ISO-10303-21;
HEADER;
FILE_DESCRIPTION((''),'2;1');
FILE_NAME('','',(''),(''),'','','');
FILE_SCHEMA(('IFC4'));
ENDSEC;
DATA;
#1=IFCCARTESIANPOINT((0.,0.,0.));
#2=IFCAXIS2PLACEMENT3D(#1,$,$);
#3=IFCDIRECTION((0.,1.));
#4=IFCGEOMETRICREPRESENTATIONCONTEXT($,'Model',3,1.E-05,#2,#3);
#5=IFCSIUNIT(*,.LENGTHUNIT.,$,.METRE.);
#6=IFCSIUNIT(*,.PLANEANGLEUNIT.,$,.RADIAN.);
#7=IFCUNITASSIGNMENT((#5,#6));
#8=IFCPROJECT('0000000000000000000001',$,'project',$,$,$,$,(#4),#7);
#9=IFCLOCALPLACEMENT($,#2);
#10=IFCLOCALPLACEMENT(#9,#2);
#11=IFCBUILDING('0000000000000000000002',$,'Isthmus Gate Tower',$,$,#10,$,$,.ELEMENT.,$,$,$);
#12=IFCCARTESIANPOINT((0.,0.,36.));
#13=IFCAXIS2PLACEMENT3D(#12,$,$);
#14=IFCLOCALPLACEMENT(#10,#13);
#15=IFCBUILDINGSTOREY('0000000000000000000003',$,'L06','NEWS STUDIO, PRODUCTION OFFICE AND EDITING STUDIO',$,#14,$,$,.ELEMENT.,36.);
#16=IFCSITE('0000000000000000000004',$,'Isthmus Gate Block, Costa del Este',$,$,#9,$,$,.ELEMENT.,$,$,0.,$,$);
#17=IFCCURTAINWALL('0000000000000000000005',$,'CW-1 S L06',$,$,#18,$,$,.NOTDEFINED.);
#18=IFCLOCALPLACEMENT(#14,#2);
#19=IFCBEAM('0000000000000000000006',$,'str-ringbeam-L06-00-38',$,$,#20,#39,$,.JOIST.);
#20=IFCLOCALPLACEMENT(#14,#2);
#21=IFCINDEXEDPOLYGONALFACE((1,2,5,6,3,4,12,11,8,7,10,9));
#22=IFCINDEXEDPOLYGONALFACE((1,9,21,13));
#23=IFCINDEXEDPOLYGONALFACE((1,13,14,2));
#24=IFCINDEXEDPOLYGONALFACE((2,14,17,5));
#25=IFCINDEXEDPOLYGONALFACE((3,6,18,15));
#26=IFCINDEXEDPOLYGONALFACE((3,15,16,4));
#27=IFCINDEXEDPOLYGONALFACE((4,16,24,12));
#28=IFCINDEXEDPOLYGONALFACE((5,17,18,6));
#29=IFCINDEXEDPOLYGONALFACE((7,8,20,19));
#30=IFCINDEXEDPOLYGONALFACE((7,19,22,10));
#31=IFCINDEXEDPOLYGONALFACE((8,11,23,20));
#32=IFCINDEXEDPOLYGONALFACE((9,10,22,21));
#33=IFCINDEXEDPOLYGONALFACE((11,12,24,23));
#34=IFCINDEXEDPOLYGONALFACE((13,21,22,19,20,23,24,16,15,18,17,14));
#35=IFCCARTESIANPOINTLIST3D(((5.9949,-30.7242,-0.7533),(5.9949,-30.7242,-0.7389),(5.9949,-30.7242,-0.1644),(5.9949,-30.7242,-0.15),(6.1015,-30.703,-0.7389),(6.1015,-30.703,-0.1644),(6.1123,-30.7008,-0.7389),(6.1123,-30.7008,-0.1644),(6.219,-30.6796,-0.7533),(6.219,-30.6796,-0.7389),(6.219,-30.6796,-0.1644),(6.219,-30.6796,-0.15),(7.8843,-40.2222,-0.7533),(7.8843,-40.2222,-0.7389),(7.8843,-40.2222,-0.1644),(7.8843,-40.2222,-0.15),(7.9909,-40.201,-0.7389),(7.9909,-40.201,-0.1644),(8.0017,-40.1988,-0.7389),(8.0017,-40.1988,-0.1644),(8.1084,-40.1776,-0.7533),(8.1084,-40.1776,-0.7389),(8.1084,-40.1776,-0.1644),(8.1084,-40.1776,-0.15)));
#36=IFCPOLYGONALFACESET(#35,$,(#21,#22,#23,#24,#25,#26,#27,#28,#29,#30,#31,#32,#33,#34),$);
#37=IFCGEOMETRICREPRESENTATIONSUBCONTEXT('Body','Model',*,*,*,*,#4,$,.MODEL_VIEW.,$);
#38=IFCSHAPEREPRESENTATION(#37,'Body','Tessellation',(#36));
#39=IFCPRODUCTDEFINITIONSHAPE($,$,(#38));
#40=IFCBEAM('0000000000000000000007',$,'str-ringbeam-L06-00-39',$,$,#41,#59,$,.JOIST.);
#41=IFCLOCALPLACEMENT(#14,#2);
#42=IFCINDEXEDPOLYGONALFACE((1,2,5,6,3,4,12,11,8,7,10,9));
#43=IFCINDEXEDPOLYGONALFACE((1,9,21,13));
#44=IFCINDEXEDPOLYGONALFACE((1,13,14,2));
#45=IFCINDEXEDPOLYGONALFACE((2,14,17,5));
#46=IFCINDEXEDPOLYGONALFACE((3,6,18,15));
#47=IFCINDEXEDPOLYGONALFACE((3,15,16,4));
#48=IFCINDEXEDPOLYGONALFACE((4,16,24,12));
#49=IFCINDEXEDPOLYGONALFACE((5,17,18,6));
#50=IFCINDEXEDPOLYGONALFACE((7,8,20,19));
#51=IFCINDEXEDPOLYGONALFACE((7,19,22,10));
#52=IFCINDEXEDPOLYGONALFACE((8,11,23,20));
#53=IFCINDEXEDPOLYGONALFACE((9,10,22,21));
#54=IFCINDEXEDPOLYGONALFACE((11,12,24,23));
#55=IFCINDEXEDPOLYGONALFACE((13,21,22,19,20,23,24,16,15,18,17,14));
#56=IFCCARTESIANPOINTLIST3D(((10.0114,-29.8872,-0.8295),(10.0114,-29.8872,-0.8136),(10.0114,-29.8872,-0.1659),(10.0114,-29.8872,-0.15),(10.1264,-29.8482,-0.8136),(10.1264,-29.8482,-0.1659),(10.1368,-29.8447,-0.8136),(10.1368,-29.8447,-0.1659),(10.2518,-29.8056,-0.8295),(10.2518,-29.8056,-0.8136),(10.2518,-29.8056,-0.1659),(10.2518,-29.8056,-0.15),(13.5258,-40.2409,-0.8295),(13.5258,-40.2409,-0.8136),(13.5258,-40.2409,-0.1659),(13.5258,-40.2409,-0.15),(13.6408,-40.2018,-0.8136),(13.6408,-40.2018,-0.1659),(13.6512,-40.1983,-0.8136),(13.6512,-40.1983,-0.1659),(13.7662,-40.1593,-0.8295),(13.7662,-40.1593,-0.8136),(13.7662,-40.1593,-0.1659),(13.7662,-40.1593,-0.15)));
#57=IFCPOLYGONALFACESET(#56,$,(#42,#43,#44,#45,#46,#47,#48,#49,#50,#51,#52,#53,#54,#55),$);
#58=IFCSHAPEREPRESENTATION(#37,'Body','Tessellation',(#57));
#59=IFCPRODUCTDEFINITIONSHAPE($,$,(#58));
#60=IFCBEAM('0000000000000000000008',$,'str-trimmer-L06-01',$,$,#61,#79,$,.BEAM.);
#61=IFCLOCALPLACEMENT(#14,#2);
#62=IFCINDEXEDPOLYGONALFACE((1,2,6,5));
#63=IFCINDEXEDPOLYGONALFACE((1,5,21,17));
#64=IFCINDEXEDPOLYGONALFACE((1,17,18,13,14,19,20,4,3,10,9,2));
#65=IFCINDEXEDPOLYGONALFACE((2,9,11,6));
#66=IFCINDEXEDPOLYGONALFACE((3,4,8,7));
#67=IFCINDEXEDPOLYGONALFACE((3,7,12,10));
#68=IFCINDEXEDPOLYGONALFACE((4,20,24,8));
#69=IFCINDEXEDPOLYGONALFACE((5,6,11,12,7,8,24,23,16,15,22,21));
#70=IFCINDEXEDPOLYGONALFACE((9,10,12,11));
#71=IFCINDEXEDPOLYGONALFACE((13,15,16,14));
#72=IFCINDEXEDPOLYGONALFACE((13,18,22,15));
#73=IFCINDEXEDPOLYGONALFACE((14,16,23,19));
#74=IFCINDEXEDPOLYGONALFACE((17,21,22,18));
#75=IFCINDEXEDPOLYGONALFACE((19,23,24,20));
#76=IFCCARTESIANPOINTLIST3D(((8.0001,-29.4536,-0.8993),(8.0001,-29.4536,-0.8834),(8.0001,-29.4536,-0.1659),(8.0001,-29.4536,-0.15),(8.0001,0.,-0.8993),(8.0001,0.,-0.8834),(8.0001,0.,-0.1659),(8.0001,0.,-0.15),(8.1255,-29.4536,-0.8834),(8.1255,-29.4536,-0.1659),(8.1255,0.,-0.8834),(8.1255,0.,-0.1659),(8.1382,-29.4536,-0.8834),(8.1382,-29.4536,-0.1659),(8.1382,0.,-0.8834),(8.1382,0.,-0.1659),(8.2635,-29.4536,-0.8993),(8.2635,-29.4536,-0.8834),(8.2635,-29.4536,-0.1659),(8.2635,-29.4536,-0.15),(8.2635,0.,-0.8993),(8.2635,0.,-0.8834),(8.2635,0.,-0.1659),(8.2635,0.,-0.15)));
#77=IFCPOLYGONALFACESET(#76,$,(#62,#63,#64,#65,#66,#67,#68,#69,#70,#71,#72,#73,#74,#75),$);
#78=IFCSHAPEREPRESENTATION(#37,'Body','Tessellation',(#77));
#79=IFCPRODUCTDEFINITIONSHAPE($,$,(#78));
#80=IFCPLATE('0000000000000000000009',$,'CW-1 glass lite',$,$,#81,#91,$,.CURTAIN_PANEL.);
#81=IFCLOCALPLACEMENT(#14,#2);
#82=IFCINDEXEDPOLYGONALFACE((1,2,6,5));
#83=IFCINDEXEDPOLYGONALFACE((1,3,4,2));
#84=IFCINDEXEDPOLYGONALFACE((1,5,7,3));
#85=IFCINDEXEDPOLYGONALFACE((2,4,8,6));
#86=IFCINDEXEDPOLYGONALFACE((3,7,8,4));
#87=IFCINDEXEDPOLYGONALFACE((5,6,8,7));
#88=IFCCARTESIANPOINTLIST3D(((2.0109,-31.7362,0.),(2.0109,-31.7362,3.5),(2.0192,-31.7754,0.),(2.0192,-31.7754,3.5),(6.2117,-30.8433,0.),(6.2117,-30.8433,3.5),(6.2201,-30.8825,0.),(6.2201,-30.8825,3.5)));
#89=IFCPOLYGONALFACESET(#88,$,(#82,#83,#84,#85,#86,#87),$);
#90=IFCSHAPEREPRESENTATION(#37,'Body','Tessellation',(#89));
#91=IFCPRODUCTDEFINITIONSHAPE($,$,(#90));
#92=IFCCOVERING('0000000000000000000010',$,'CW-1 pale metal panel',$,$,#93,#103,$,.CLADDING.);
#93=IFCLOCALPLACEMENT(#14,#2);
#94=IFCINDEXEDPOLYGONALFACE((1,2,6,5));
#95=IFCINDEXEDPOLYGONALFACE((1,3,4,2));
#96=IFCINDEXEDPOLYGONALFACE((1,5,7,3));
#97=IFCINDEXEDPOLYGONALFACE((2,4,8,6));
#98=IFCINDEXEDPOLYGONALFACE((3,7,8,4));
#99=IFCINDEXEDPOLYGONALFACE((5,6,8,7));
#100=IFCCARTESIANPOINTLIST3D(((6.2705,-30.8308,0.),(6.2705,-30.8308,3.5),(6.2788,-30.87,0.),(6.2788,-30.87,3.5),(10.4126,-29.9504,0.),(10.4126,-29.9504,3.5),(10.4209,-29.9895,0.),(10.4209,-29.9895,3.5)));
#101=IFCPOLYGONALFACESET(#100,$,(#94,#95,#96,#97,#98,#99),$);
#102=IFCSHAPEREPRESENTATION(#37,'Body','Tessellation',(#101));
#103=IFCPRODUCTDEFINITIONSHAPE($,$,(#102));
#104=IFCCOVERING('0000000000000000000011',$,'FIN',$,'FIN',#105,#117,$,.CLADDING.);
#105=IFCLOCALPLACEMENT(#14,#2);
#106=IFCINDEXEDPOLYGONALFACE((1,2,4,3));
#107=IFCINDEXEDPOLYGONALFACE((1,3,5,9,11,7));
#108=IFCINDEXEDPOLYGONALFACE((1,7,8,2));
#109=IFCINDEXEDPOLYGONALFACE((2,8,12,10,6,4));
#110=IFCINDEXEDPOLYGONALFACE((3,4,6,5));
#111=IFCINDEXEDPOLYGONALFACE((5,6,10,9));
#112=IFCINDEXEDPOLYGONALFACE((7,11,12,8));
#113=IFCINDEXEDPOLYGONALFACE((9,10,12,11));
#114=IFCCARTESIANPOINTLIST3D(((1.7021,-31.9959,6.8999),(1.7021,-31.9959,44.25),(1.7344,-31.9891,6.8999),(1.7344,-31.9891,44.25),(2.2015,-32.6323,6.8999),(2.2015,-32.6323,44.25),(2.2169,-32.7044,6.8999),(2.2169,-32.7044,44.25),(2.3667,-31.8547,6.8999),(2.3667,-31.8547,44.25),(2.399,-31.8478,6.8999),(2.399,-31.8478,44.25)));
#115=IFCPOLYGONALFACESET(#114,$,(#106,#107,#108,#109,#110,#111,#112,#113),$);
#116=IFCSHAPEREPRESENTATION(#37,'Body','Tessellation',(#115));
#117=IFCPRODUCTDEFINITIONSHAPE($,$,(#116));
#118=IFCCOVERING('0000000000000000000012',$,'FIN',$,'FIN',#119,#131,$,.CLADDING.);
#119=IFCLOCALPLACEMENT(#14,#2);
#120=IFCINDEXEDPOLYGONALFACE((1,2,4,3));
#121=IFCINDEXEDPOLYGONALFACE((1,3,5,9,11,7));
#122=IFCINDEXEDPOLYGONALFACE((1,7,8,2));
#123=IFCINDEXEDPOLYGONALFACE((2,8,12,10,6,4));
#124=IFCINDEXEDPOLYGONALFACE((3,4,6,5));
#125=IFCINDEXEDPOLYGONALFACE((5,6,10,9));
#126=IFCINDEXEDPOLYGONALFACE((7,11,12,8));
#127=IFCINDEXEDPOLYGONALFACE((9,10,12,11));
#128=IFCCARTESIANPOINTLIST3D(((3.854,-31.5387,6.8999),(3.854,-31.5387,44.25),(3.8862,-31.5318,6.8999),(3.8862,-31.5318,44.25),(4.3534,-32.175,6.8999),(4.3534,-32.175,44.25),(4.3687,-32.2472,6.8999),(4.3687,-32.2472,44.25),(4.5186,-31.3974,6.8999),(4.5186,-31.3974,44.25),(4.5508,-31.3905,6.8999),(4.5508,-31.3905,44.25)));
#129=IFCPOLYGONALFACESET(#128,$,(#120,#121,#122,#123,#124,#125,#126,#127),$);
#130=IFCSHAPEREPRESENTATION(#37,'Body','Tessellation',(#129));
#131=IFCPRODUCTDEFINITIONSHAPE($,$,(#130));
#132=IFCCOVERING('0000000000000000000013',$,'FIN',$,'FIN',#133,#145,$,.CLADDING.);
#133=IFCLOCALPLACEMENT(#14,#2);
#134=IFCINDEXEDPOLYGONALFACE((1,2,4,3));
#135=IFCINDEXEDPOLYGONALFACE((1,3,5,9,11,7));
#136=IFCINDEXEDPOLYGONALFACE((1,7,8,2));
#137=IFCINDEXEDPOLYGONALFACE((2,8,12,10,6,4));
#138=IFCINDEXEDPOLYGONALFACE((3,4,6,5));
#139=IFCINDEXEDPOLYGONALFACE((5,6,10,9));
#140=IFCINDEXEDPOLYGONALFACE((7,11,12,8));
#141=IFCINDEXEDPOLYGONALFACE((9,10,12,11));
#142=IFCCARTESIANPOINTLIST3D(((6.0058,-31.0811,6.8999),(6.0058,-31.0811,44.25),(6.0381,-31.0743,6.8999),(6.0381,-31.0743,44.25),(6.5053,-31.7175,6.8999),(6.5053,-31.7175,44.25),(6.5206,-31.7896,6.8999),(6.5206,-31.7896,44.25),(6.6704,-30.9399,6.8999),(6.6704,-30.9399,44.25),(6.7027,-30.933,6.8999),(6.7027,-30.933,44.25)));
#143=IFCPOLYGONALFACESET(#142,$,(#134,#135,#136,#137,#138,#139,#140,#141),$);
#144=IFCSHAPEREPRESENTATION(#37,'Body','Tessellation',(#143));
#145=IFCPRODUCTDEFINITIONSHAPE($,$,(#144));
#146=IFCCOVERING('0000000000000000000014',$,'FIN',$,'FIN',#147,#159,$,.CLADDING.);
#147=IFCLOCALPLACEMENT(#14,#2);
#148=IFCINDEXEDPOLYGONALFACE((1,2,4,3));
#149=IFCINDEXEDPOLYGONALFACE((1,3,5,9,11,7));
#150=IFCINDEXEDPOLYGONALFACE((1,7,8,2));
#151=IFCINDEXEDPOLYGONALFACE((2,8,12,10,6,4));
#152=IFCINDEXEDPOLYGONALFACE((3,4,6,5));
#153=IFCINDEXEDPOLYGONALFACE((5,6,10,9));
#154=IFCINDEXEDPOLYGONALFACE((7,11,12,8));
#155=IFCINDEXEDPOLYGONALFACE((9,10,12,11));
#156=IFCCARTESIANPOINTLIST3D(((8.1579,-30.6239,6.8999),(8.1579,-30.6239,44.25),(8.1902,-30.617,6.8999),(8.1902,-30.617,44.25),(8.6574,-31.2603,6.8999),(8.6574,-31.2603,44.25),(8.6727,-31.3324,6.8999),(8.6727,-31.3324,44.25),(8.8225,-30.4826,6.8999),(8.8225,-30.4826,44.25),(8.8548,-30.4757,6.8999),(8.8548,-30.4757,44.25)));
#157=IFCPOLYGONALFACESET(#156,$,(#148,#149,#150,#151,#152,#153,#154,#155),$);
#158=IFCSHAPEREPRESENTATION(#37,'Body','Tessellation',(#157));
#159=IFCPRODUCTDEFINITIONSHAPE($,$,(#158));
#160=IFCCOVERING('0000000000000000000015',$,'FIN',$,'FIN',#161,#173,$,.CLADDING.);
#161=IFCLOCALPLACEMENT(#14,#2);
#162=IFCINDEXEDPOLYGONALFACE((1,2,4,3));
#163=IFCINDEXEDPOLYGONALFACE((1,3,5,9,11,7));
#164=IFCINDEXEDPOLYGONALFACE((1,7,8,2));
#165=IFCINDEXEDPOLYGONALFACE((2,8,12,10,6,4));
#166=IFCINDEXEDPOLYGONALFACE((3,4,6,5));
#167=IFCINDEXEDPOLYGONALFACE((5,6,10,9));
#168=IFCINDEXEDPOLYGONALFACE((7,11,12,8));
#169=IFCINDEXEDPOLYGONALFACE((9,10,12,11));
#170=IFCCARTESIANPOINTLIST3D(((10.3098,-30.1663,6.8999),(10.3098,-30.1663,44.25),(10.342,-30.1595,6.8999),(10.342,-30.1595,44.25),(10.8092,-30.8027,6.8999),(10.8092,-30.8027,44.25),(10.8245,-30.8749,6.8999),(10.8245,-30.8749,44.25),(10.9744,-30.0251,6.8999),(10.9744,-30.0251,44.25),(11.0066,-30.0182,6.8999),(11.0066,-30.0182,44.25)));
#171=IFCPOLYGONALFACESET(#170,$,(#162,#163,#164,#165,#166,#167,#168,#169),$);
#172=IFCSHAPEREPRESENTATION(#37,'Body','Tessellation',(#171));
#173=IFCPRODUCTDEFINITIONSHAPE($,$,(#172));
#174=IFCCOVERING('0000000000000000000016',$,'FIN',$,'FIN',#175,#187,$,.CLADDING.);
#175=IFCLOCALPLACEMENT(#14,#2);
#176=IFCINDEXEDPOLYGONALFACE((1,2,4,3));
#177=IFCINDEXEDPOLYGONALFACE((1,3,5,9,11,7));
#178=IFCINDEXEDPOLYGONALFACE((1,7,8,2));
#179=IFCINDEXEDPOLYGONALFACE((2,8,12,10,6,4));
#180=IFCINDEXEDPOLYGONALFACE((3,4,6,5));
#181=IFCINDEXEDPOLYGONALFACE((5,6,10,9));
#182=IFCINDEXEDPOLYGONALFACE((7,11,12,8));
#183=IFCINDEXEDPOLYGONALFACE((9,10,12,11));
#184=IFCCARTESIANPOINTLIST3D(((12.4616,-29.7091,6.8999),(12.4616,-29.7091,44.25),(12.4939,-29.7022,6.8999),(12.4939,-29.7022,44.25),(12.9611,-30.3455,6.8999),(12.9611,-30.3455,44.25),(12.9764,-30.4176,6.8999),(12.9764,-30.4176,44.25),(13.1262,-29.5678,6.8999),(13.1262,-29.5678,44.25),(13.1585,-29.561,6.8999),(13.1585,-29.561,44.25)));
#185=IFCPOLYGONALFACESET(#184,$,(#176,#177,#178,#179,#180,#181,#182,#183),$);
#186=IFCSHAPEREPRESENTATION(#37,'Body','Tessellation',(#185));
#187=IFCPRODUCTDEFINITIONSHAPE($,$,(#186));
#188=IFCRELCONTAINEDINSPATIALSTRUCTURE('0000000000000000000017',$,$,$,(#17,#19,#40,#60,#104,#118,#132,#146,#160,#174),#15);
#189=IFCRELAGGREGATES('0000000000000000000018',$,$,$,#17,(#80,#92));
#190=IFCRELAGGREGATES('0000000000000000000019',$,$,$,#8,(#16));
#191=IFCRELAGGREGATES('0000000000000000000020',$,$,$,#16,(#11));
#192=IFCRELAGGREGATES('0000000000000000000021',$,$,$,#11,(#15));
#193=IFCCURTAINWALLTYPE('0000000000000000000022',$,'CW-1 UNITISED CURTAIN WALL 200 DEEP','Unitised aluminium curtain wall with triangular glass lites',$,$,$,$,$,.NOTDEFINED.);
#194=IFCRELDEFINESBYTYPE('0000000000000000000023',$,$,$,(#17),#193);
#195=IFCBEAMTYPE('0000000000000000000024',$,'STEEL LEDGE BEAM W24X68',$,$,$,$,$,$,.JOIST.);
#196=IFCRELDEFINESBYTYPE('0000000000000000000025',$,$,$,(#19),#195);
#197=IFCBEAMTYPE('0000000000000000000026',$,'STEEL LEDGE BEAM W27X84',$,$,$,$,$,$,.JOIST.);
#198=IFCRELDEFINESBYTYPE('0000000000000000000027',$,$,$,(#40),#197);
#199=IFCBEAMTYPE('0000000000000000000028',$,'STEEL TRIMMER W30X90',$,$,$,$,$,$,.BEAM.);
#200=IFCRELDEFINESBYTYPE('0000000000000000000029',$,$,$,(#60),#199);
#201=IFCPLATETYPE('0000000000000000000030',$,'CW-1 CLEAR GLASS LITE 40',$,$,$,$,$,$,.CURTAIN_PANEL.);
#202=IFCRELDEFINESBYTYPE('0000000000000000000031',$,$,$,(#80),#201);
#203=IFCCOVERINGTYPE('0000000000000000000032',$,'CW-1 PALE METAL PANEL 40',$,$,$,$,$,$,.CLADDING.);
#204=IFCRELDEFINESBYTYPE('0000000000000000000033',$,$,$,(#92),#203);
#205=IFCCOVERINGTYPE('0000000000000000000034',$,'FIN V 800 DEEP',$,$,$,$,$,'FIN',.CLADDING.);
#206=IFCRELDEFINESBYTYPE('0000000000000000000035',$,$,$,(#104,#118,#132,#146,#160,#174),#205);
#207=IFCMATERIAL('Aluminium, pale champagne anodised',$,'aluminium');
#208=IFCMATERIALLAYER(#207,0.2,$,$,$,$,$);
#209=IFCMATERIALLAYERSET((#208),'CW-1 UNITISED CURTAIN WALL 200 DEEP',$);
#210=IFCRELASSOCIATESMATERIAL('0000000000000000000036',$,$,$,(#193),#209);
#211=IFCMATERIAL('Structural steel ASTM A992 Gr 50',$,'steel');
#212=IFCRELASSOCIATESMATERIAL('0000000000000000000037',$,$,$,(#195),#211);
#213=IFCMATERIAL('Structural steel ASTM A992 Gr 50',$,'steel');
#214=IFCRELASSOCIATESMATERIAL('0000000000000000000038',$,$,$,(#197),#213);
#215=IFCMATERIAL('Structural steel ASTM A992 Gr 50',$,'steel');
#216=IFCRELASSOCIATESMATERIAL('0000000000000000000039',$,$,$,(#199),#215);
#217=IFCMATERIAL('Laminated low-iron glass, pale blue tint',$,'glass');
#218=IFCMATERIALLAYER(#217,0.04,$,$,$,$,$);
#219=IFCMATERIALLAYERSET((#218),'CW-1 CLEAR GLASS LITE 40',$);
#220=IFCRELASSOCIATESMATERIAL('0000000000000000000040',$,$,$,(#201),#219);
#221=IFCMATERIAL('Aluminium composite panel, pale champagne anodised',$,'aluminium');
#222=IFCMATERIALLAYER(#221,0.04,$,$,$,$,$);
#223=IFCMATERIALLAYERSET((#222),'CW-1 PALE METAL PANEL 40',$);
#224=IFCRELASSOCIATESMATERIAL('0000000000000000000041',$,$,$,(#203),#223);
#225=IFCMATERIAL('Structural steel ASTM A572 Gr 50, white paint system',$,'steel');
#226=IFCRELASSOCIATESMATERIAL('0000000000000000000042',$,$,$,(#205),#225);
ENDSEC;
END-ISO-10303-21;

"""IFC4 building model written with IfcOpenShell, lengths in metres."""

from ifc_helpers import new_model, si_unit, direction, frame, origin, origin_2d, place, context, subcontext, project, spatial, polyline, rectangle, i_section, outline, extrude, material, layer, layer_set, material_profile, profile_set, type_object, element, aggregate, save


model = new_model("IFC4")

# Units and contexts
model_context = context("Model", 3, precision=1e-05, world=origin(), true_north=direction((0.0, 1.0)))
body_context = subcontext(model_context, "Body", "Model", "MODEL_VIEW")
ifc_project = project(units=[si_unit("LENGTHUNIT", "METRE"), si_unit("PLANEANGLEUNIT", "RADIAN")], contexts=[model_context])

# Site, building, storey
site_placement = place(None, origin())
site = spatial("IfcSite", under=ifc_project, at=site_placement, Name="Isthmus Gate Block, Costa del Este", CompositionType="ELEMENT", RefElevation=0.0)
building_placement = place(site_placement, origin())
building = spatial("IfcBuilding", under=site, at=building_placement, Name="Isthmus Gate Tower", CompositionType="ELEMENT")
storey_placement = place(building_placement, frame((0.0, 0.0, 36.0)))
storey = spatial("IfcBuildingStorey", under=building, at=storey_placement, Name="L06", Description="NEWS STUDIO, PRODUCTION OFFICE AND EDITING STUDIO", CompositionType="ELEMENT", Elevation=36.0)

# Curtain wall
ifc_material_1 = material(Name="Aluminium, pale champagne anodised", Category="aluminium")
ifc_layer_1 = layer(ifc_material_1, 0.2)
ifc_layer_set_1 = layer_set([ifc_layer_1], Name="CW-1 UNITISED CURTAIN WALL 200 DEEP")
curtain_wall_type = type_object("IfcCurtainWallType", Name="CW-1 UNITISED CURTAIN WALL 200 DEEP", Description="Unitised aluminium curtain wall with triangular glass lites", PredefinedType="NOTDEFINED", material=ifc_layer_set_1)
curtain_wall_placement = place(storey_placement, origin())
curtain_wall = element("IfcCurtainWall", 1, at=curtain_wall_placement, inside=storey, type_object=curtain_wall_type, Name="CW-1 S L06", PredefinedType="NOTDEFINED")

# Beams
ifc_material_2 = material(Name="Structural steel ASTM A992 Gr 50", Category="steel")
ifc_material_profile_1 = material_profile(ifc_material_2, i_section(OverallWidth=0.2285, OverallDepth=0.6033, WebThickness=0.011, FlangeThickness=0.0144, at=origin_2d()), Name="W24X68")
ifc_profile_set_1 = profile_set([ifc_material_profile_1], Name="Structural steel ASTM A992 Gr 50")
beam_type_1 = type_object("IfcBeamType", Name="STEEL LEDGE BEAM W24X68", PredefinedType="JOIST", material=ifc_profile_set_1)
beam_1_placement = place(storey_placement, frame((6.1069, -30.7019, -0.4517), z_axis=(0.195103, -0.980783, 0.0), x_axis=(0.980783, 0.195103, 0.0)))
element("IfcBeam", 2, at=beam_1_placement, inside=storey, type_object=beam_type_1, Name="str-ringbeam-L06-00-38", PredefinedType="JOIST", context=body_context, shape_type="SweptSolid", body=[
    extrude(i_section(OverallWidth=0.2285, OverallDepth=0.6033, WebThickness=0.011, FlangeThickness=0.0144, at=origin_2d()), origin(), (0.0, 0.0, 1.0), 9.6841),
])
ifc_material_3 = material(Name="Structural steel ASTM A992 Gr 50", Category="steel")
ifc_material_profile_2 = material_profile(ifc_material_3, i_section(OverallWidth=0.2539, OverallDepth=0.6794, WebThickness=0.011, FlangeThickness=0.0159, at=origin_2d()), Name="W27X84")
ifc_profile_set_2 = profile_set([ifc_material_profile_2], Name="Structural steel ASTM A992 Gr 50")
beam_type_2 = type_object("IfcBeamType", Name="STEEL LEDGE BEAM W27X84", PredefinedType="JOIST", material=ifc_profile_set_2)
beam_2_placement = place(storey_placement, frame((10.1316, -29.8464, -0.4897), z_axis=(0.321428, -0.946934, 0.0), x_axis=(0.946934, 0.321428, 0.0)))
element("IfcBeam", 3, at=beam_2_placement, inside=storey, type_object=beam_type_2, Name="str-ringbeam-L06-00-39", PredefinedType="JOIST", context=body_context, shape_type="SweptSolid", body=[
    extrude(i_section(OverallWidth=0.2539, OverallDepth=0.6794, WebThickness=0.011, FlangeThickness=0.0159, at=origin_2d()), origin(), (0.0, 0.0, 1.0), 10.9338),
])
ifc_material_4 = material(Name="Structural steel ASTM A992 Gr 50", Category="steel")
ifc_material_profile_3 = material_profile(ifc_material_4, i_section(OverallWidth=0.2634, OverallDepth=0.7493, WebThickness=0.0127, FlangeThickness=0.0159, at=origin_2d()), Name="W30X90")
ifc_profile_set_3 = profile_set([ifc_material_profile_3], Name="Structural steel ASTM A992 Gr 50")
beam_type_3 = type_object("IfcBeamType", Name="STEEL TRIMMER W30X90", PredefinedType="BEAM", material=ifc_profile_set_3)
beam_3_placement = place(storey_placement, frame((8.1318, -29.4536, -0.5247), z_axis=(0.0, 1.0, 0.0), x_axis=(-1.0, 0.0, 0.0)))
element("IfcBeam", 4, at=beam_3_placement, inside=storey, type_object=beam_type_3, Name="str-trimmer-L06-01", PredefinedType="BEAM", context=body_context, shape_type="SweptSolid", body=[
    extrude(i_section(OverallWidth=0.2634, OverallDepth=0.7493, WebThickness=0.0127, FlangeThickness=0.0159, at=origin_2d()), origin(), (0.0, 0.0, 1.0), 29.4536),
])

# Plate
ifc_material_5 = material(Name="Laminated low-iron glass, pale blue tint", Category="glass")
ifc_layer_2 = layer(ifc_material_5, 0.04)
ifc_layer_set_2 = layer_set([ifc_layer_2], Name="CW-1 CLEAR GLASS LITE 40")
plate_type = type_object("IfcPlateType", Name="CW-1 CLEAR GLASS LITE 40", PredefinedType="CURTAIN_PANEL", material=ifc_layer_set_2)
plate_placement = place(storey_placement, frame((4.1155, -31.3093, 0.0), z_axis=(0.0, 0.0, 1.0), x_axis=(0.978148, 0.207912, 0.0)))
plate = element("IfcPlate", 5, at=plate_placement, type_object=plate_type, Name="CW-1 glass lite", PredefinedType="CURTAIN_PANEL", context=body_context, shape_type="SweptSolid", body=[
    extrude(rectangle(XDim=4.2947, YDim=0.04, at=origin_2d()), origin(), (0.0, 0.0, 1.0), 3.5),
])

# Covering
ifc_material_6 = material(Name="Aluminium composite panel, pale champagne anodised", Category="aluminium")
ifc_layer_3 = layer(ifc_material_6, 0.04)
ifc_layer_set_3 = layer_set([ifc_layer_3], Name="CW-1 PALE METAL PANEL 40")
covering_type_1 = type_object("IfcCoveringType", Name="CW-1 PALE METAL PANEL 40", PredefinedType="CLADDING", material=ifc_layer_set_3)
covering_placement = place(storey_placement, frame((8.3457, -30.4102, 0.0), z_axis=(0.0, 0.0, 1.0), x_axis=(0.978148, 0.207912, 0.0)))
covering = element("IfcCovering", 6, at=covering_placement, type_object=covering_type_1, Name="CW-1 pale metal panel", PredefinedType="CLADDING", context=body_context, shape_type="SweptSolid", body=[
    extrude(rectangle(XDim=4.2346, YDim=0.04, at=origin_2d()), origin(), (0.0, 0.0, 1.0), 3.5),
])
aggregate(curtain_wall, [plate, covering])

# Coverings
ifc_material_7 = material(Name="Structural steel ASTM A572 Gr 50, white paint system", Category="steel")
ifc_material_profile_4 = material_profile(ifc_material_7, outline(polyline([(0.0, -0.3562), (0.8, 0.0), (0.0, 0.3562), (0.0, 0.3232), (0.7263, 0.0), (0.0, -0.3232), (0.0, -0.3562)])), Name="V800")
ifc_profile_set_4 = profile_set([ifc_material_profile_4], Name="Structural steel ASTM A572 Gr 50, white paint system")
covering_type_2 = type_object("IfcCoveringType", Name="FIN V 800 DEEP", ElementType="FIN", PredefinedType="CLADDING", material=ifc_profile_set_4)
for number, where, z_axis, x_axis, name in (
    (7, (2.0505, -31.9219, 6.8999), (0.0, 0.0, 1.0), (0.207912, -0.978148, 0.0), "FIN"),
    (8, (4.2024, -31.4646, 6.8999), (0.0, 0.0, 1.0), (0.207912, -0.978148, 0.0), "FIN"),
    (9, (6.3542, -31.0071, 6.8999), (0.0, 0.0, 1.0), (0.207912, -0.978148, 0.0), "FIN"),
    (10, (8.5063, -30.5498, 6.8999), (0.0, 0.0, 1.0), (0.207912, -0.978148, 0.0), "FIN"),
    (11, (10.6582, -30.0923, 6.8999), (0.0, 0.0, 1.0), (0.207912, -0.978148, 0.0), "FIN"),
    (12, (12.8101, -29.635, 6.8999), (0.0, 0.0, 1.0), (0.207912, -0.978148, 0.0), "FIN"),
):
    element("IfcCovering", number, at=place(storey_placement, frame(where, z_axis=z_axis, x_axis=x_axis)), inside=storey, type_object=covering_type_2, Name=name, ObjectType="FIN", PredefinedType="CLADDING", context=body_context, shape_type="SweptSolid", body=[
        extrude(outline(polyline([(0.0, -0.3562), (0.8, 0.0), (0.0, 0.3562), (0.0, 0.3232), (0.7263, 0.0), (0.0, -0.3232), (0.0, -0.3562)])), origin(), (0.0, 0.0, 1.0), 37.3501),
    ])

save(model, "model.ifc")
